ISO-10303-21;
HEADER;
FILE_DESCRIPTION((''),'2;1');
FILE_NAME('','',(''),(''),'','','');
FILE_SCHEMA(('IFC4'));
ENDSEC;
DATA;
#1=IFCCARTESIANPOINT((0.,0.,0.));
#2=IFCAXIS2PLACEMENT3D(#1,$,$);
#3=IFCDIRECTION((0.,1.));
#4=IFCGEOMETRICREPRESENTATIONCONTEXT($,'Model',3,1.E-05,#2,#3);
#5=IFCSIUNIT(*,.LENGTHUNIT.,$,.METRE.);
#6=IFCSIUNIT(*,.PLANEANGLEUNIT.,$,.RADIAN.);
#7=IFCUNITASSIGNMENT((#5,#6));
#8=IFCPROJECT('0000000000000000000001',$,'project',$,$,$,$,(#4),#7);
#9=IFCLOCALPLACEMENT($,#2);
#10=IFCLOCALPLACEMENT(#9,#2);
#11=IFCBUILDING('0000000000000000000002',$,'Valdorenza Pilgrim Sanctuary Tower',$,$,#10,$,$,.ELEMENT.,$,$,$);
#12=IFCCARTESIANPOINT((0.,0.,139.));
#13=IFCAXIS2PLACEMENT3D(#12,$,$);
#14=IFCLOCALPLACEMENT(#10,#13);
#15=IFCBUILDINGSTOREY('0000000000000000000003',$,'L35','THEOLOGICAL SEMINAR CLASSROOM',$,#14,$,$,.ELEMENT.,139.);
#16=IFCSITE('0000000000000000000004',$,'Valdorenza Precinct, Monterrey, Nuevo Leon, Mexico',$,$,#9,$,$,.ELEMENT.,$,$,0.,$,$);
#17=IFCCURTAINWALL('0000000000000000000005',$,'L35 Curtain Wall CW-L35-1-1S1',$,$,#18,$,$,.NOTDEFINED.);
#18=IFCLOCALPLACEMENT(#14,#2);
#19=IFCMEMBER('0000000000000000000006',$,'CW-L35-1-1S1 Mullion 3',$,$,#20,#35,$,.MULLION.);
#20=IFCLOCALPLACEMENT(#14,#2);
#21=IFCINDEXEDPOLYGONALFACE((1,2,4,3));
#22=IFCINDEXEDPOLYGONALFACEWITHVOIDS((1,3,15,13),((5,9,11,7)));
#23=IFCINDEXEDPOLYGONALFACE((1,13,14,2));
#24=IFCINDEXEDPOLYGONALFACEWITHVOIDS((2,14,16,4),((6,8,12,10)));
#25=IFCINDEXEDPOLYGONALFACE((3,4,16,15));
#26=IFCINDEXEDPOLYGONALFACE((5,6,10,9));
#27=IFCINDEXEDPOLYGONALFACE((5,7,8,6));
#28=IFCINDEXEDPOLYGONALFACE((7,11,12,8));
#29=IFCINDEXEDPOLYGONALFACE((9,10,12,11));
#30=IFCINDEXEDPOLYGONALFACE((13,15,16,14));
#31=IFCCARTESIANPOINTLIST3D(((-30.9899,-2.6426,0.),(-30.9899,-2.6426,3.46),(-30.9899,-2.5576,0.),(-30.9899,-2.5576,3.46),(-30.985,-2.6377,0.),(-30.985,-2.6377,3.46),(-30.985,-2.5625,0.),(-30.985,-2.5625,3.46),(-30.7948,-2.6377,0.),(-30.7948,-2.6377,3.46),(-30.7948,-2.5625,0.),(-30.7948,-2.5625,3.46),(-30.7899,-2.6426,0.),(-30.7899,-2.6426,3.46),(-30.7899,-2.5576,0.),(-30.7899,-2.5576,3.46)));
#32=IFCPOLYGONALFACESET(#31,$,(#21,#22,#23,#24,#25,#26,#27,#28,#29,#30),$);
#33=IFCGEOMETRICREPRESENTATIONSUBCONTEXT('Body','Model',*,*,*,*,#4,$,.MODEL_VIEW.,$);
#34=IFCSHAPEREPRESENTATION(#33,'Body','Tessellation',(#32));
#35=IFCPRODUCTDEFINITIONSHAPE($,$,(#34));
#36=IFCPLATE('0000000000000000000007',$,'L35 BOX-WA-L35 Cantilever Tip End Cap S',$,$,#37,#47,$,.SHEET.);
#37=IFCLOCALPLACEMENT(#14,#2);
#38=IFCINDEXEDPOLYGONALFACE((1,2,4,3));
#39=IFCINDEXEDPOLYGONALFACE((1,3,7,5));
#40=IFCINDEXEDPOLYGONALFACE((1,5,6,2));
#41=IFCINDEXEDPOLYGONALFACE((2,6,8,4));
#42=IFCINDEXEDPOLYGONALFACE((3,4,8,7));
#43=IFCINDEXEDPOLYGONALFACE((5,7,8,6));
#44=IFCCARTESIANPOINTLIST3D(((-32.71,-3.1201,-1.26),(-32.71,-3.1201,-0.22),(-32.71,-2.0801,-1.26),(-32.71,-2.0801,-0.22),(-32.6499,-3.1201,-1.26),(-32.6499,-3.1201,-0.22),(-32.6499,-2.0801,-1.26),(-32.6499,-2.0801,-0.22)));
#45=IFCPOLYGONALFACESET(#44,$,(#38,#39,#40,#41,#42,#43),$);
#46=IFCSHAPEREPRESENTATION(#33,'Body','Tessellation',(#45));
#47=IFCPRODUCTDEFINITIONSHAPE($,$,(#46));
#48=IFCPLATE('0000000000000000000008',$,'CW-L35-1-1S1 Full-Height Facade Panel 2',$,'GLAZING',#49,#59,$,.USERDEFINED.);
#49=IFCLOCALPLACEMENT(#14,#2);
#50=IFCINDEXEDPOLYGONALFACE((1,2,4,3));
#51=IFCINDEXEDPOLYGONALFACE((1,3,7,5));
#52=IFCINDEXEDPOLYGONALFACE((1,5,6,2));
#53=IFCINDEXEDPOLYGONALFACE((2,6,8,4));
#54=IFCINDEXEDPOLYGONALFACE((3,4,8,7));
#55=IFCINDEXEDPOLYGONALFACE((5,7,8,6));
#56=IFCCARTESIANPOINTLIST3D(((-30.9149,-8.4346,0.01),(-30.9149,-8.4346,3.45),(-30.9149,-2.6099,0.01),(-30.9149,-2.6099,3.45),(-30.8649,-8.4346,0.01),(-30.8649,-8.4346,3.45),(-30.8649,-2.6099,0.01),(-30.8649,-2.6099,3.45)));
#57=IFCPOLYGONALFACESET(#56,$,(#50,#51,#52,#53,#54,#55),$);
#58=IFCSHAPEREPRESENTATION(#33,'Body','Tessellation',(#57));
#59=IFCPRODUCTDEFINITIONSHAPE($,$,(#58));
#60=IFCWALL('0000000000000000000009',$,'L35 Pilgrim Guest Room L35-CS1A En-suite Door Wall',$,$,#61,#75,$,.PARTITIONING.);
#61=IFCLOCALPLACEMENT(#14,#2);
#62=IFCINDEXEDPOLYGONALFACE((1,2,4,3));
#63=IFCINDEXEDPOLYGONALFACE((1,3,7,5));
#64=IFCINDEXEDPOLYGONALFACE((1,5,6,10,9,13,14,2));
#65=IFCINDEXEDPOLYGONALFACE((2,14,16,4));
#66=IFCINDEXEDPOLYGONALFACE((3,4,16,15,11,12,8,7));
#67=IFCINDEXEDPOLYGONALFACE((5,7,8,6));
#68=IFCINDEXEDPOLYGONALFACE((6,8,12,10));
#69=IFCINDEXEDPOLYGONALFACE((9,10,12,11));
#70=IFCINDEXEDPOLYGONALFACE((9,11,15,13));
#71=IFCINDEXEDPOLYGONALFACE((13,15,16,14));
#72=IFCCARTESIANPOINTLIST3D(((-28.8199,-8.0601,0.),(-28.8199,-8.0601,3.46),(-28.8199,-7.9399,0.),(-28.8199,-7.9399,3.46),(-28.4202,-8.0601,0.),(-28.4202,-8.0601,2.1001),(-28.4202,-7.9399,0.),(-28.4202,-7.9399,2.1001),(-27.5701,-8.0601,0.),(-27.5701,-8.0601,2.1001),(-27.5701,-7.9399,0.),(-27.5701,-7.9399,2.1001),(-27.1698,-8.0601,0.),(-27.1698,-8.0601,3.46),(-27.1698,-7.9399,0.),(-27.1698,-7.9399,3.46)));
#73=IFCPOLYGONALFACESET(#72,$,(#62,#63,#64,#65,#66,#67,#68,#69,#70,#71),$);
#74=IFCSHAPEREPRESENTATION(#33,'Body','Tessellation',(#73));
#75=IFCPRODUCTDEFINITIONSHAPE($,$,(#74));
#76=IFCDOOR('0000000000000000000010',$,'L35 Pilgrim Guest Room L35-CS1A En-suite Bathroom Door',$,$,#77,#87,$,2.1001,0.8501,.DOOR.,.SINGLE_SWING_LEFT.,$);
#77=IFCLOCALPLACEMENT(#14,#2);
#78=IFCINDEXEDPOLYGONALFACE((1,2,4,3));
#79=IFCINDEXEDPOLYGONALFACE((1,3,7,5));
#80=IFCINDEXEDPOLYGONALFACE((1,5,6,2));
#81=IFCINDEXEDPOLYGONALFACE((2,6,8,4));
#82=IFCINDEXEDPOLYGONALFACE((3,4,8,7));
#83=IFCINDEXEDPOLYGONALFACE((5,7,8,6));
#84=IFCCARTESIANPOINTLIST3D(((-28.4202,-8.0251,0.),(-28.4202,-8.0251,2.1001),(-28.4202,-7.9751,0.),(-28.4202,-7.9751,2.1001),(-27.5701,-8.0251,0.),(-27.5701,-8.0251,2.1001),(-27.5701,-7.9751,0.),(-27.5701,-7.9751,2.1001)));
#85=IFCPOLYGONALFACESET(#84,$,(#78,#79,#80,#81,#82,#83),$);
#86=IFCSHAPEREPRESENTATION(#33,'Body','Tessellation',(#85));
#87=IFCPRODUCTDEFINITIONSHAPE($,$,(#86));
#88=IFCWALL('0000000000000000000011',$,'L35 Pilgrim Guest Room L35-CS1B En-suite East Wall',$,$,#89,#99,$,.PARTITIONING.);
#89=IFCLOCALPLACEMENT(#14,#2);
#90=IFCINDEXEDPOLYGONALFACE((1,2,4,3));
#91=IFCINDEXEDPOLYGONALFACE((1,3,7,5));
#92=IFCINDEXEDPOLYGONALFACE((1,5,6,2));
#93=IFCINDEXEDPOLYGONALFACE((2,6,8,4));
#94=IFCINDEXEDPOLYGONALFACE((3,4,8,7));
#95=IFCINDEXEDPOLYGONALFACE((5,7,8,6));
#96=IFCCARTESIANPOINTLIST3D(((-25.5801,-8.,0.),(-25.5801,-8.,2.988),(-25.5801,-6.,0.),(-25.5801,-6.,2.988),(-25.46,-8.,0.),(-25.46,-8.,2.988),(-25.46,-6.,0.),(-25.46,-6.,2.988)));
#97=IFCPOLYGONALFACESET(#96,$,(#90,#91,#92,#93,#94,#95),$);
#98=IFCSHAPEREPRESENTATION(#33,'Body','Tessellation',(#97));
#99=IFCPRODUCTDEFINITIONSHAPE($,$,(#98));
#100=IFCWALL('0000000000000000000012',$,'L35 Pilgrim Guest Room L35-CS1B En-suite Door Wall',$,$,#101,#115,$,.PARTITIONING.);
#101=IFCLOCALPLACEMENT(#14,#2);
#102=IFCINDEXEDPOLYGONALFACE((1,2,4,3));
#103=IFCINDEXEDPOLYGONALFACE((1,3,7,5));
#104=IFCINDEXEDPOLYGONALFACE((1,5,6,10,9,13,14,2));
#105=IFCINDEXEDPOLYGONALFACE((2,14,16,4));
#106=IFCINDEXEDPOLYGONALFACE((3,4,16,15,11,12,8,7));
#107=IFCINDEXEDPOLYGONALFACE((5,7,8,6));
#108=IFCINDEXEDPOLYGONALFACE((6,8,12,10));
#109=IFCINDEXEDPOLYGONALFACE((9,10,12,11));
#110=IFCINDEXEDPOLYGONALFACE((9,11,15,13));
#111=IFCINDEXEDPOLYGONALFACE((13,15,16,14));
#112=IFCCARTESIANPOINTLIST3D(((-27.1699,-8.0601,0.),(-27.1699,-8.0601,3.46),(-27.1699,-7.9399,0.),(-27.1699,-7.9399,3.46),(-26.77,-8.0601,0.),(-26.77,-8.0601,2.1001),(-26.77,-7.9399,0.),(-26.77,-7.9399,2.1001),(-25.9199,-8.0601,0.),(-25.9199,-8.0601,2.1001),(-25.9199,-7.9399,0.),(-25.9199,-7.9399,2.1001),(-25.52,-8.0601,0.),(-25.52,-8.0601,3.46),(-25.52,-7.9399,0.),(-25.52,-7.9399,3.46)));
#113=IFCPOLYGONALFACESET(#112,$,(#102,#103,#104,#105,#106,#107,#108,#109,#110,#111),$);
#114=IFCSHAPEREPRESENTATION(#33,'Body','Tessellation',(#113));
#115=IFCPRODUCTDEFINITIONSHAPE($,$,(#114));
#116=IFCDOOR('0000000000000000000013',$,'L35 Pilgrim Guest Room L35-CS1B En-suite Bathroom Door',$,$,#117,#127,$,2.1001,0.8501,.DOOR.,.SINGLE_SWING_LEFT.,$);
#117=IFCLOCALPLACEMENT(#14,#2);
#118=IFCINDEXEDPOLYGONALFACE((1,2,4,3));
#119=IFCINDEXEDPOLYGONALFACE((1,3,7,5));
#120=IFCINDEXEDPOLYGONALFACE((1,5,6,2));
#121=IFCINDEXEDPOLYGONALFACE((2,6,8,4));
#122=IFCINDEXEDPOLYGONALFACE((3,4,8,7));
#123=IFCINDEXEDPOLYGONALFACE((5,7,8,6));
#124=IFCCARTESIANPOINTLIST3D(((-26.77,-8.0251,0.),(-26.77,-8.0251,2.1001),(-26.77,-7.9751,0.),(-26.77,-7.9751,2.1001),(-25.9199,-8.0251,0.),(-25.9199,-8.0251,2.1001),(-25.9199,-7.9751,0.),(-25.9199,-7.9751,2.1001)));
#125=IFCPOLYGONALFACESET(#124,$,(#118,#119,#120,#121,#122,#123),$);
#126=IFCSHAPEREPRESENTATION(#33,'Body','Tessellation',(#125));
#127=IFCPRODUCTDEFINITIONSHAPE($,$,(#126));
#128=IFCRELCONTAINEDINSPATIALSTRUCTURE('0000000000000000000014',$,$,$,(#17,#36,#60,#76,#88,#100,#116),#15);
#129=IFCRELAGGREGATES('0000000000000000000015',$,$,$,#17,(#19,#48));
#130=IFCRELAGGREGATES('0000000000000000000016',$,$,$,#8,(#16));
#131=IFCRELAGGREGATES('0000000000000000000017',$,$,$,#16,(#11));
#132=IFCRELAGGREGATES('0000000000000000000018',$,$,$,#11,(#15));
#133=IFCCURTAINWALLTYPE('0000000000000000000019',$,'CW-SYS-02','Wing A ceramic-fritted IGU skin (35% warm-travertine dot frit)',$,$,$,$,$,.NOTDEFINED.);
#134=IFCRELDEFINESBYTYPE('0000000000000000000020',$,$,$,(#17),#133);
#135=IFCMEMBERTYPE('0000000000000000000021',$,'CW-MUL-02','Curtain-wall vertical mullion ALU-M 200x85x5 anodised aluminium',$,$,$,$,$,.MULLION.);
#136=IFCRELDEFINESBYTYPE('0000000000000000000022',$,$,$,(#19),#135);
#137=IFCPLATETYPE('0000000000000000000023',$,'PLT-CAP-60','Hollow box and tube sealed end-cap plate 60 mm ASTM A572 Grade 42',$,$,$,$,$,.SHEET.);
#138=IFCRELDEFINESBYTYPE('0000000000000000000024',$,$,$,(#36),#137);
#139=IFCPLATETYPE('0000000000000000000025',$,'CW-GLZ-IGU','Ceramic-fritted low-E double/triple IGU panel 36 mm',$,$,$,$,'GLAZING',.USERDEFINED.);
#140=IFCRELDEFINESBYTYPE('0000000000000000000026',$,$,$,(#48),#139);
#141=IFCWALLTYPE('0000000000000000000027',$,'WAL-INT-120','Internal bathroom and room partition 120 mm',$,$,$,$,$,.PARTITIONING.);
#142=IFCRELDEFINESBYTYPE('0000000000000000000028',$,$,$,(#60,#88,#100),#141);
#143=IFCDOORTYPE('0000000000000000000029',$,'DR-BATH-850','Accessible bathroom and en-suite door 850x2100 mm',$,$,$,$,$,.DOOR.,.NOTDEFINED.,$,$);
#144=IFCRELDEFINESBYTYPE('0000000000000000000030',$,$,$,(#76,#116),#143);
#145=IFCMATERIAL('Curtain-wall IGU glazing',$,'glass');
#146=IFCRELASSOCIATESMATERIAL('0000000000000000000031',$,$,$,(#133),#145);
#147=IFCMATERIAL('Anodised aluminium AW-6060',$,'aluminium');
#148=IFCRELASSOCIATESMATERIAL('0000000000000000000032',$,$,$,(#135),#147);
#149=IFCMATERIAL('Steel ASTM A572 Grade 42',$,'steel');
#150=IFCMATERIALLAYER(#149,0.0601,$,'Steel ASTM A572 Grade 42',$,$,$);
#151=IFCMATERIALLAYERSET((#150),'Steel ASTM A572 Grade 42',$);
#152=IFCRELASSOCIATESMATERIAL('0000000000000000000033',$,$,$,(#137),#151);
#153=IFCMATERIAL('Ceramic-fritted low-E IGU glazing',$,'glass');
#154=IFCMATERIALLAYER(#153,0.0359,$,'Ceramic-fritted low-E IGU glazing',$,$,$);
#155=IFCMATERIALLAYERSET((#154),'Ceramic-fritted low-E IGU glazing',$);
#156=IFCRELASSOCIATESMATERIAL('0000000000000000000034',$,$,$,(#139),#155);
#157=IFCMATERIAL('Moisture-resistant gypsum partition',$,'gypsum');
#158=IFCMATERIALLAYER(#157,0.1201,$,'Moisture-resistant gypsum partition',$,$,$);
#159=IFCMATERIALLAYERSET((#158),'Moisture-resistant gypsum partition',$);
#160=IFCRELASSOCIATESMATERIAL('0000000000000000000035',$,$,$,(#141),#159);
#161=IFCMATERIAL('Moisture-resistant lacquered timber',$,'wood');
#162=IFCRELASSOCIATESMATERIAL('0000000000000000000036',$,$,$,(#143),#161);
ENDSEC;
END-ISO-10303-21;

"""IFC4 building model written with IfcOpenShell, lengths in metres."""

from ifc_helpers import new_model, si_unit, direction, frame, frame_2d, origin, origin_2d, place, context, subcontext, project, spatial, rectangle, hollow_rectangle, extrude, source, transform, mapped, material, layer, layer_set, material_profile, profile_set, type_object, element, fill, aggregate, save


model = new_model("IFC4")

# Units and contexts
model_context = context("Model", 3, precision=1e-05, world=origin(), true_north=direction((0.0, 1.0)))
body_context = subcontext(model_context, "Body", "Model", "MODEL_VIEW")
ifc_project = project(units=[si_unit("LENGTHUNIT", "METRE"), si_unit("PLANEANGLEUNIT", "RADIAN")], contexts=[model_context])

# Site, building, storey
site_placement = place(None, origin())
site = spatial("IfcSite", under=ifc_project, at=site_placement, Name="Valdorenza Precinct, Monterrey, Nuevo Leon, Mexico", CompositionType="ELEMENT", RefElevation=0.0)
building_placement = place(site_placement, origin())
building = spatial("IfcBuilding", under=site, at=building_placement, Name="Valdorenza Pilgrim Sanctuary Tower", CompositionType="ELEMENT")
storey_placement = place(building_placement, frame((0.0, 0.0, 139.0)))
storey = spatial("IfcBuildingStorey", under=building, at=storey_placement, Name="L35", Description="THEOLOGICAL SEMINAR CLASSROOM", CompositionType="ELEMENT", Elevation=139.0)

# Curtain wall, member
ifc_material_1 = material(Name="Curtain-wall IGU glazing", Category="glass")
curtain_wall_type = type_object("IfcCurtainWallType", Name="CW-SYS-02", Description="Wing A ceramic-fritted IGU skin (35% warm-travertine dot frit)", PredefinedType="NOTDEFINED", material=ifc_material_1)
curtain_wall_placement = place(storey_placement, origin())
curtain_wall = element("IfcCurtainWall", 1, at=curtain_wall_placement, inside=storey, type_object=curtain_wall_type, Name="L35 Curtain Wall CW-L35-1-1S1", PredefinedType="NOTDEFINED")
ifc_material_2 = material(Name="Anodised aluminium AW-6060", Category="aluminium")
ifc_material_profile_1 = material_profile(ifc_material_2, hollow_rectangle(XDim=0.085, YDim=0.2, WallThickness=0.0049, at=origin_2d()), Name="ALU-M 200x85x5")
ifc_profile_set_1 = profile_set([ifc_material_profile_1], Name="Anodised aluminium AW-6060")
member_type = type_object("IfcMemberType", Name="CW-MUL-02", Description="Curtain-wall vertical mullion ALU-M 200x85x5 anodised aluminium", PredefinedType="MULLION", material=ifc_profile_set_1)
shared_shape_1 = source(origin(), body_context, "Body", "SweptSolid", [
    extrude(hollow_rectangle(XDim=0.085, YDim=0.2, WallThickness=0.0049, at=origin_2d()), origin(), (0.0, 0.0, 1.0), 3.46),
])
member_placement = place(storey_placement, frame((-30.8899, -2.6001, 0.0), z_axis=(0.0, 0.0, 1.0), x_axis=(0.0, 1.0, 0.0)))
member = element("IfcMember", 2, at=member_placement, type_object=member_type, Name="CW-L35-1-1S1 Mullion 3", PredefinedType="MULLION", context=body_context, shape_type="MappedRepresentation", body=[
    mapped(shared_shape_1, transform((0.0, 0.0, 0.0), x_axis=(1.0, 0.0, 0.0), y_axis=(0.0, 1.0, 0.0), z_axis=(0.0, 0.0, 1.0), scale=1.0)),
])

# Plates
ifc_material_3 = material(Name="Steel ASTM A572 Grade 42", Category="steel")
ifc_layer_1 = layer(ifc_material_3, 0.0601, Name="Steel ASTM A572 Grade 42")
ifc_layer_set_1 = layer_set([ifc_layer_1], Name="Steel ASTM A572 Grade 42")
plate_type_1 = type_object("IfcPlateType", Name="PLT-CAP-60", Description="Hollow box and tube sealed end-cap plate 60 mm ASTM A572 Grade 42", PredefinedType="SHEET", material=ifc_layer_set_1)
shared_shape_2 = source(origin(), body_context, "Body", "SweptSolid", [
    extrude(rectangle(XDim=0.0601, YDim=1.04, at=origin_2d()), origin(), (0.0, 0.0, 1.0), 1.04),
])
plate_1_placement = place(storey_placement, frame((-32.6799, -2.6001, -1.26), z_axis=(0.0, 0.0, 1.0), x_axis=(1.0, 0.0, 0.0)))
element("IfcPlate", 3, at=plate_1_placement, inside=storey, type_object=plate_type_1, Name="L35 BOX-WA-L35 Cantilever Tip End Cap S", PredefinedType="SHEET", context=body_context, shape_type="MappedRepresentation", body=[
    mapped(shared_shape_2, transform((0.0, 0.0, 0.0), x_axis=(1.0, 0.0, 0.0), y_axis=(0.0, 1.0, 0.0), z_axis=(0.0, 0.0, 1.0), scale=1.0)),
])
ifc_material_4 = material(Name="Ceramic-fritted low-E IGU glazing", Category="glass")
ifc_layer_2 = layer(ifc_material_4, 0.0359, Name="Ceramic-fritted low-E IGU glazing")
ifc_layer_set_2 = layer_set([ifc_layer_2], Name="Ceramic-fritted low-E IGU glazing")
plate_type_2 = type_object("IfcPlateType", Name="CW-GLZ-IGU", Description="Ceramic-fritted low-E double/triple IGU panel 36 mm", ElementType="GLAZING", PredefinedType="USERDEFINED", material=ifc_layer_set_2)
shared_shape_3 = source(origin(), body_context, "Body", "SweptSolid", [
    extrude(rectangle(XDim=5.8247, YDim=0.05, at=origin_2d()), origin(), (0.0, 0.0, 1.0), 3.4399),
])
plate_2_placement = place(storey_placement, frame((-30.8899, -5.5222, 0.01), z_axis=(0.0, 0.0, 1.0), x_axis=(0.0, 1.0, 0.0)))
plate_2 = element("IfcPlate", 4, at=plate_2_placement, type_object=plate_type_2, Name="CW-L35-1-1S1 Full-Height Facade Panel 2", ObjectType="GLAZING", PredefinedType="USERDEFINED", context=body_context, shape_type="MappedRepresentation", body=[
    mapped(shared_shape_3, transform((0.0, 0.0, 0.0), x_axis=(1.0, 0.0, 0.0), y_axis=(0.0, 1.0, 0.0), z_axis=(0.0, 0.0, 1.0), scale=1.0)),
])
aggregate(curtain_wall, [member, plate_2])

# Wall, opening, door
ifc_material_5 = material(Name="Moisture-resistant gypsum partition", Category="gypsum")
ifc_layer_3 = layer(ifc_material_5, 0.1201, Name="Moisture-resistant gypsum partition")
ifc_layer_set_3 = layer_set([ifc_layer_3], Name="Moisture-resistant gypsum partition")
wall_type_1 = type_object("IfcWallType", Name="WAL-INT-120", Description="Internal bathroom and room partition 120 mm", PredefinedType="PARTITIONING", material=ifc_layer_set_3)
wall_1_placement = place(storey_placement, frame((-28.8201, -8.0, 0.0), z_axis=(0.0, 0.0, 1.0), x_axis=(1.0, 0.0, 0.0)))
wall_1 = element("IfcWall", 5, at=wall_1_placement, inside=storey, type_object=wall_type_1, Name="L35 Pilgrim Guest Room L35-CS1A En-suite Door Wall", PredefinedType="PARTITIONING", context=body_context, shape_type="SweptSolid", body=[
    extrude(rectangle(XDim=1.6501, YDim=0.1201, at=frame_2d((0.8252, 0.0))), origin(), (0.0, 0.0, 1.0), 3.46),
])
opening_1_placement = place(wall_1_placement, frame((0.3999, 0.0, 0.0)))
opening_1 = element("IfcOpeningElement", 6, at=opening_1_placement, cuts=wall_1, PredefinedType="OPENING", context=body_context, shape_type="SweptSolid", body=[
    extrude(rectangle(XDim=0.8501, YDim=2.1001, at=frame_2d((0.425, 1.05))), frame((0.0, 0.075, 0.0), z_axis=(0.0, -1.0, 0.0), x_axis=(1.0, 0.0, 0.0)), (0.0, 0.0, 1.0), 0.1499),
])
ifc_material_6 = material(Name="Moisture-resistant lacquered timber", Category="wood")
door_type_1 = type_object("IfcDoorType", Name="DR-BATH-850", Description="Accessible bathroom and en-suite door 850x2100 mm", OperationType="NOTDEFINED", PredefinedType="DOOR", material=ifc_material_6)
door_1_placement = place(opening_1_placement, origin())
door_1 = element("IfcDoor", 7, at=door_1_placement, inside=storey, type_object=door_type_1, Name="L35 Pilgrim Guest Room L35-CS1A En-suite Bathroom Door", OperationType="SINGLE_SWING_LEFT", OverallHeight=2.1001, OverallWidth=0.8501, PredefinedType="DOOR", context=body_context, shape_type="SweptSolid", body=[
    extrude(rectangle(XDim=0.8501, YDim=2.1001, at=frame_2d((0.425, 1.05))), frame((0.0, 0.0249, 0.0), z_axis=(0.0, -1.0, 0.0), x_axis=(1.0, 0.0, 0.0)), (0.0, 0.0, 1.0), 0.05),
])
fill(opening_1, door_1)

# Wall
wall_2_placement = place(storey_placement, frame((-25.52, -8.0, 0.0), z_axis=(0.0, 0.0, 1.0), x_axis=(0.0, 1.0, 0.0)))
element("IfcWall", 8, at=wall_2_placement, inside=storey, type_object=wall_type_1, Name="L35 Pilgrim Guest Room L35-CS1B En-suite East Wall", PredefinedType="PARTITIONING", context=body_context, shape_type="SweptSolid", body=[
    extrude(rectangle(XDim=2.0, YDim=0.1201, at=frame_2d((1.0, 0.0))), origin(), (0.0, 0.0, 1.0), 2.988),
])

# Wall, opening, door
wall_3_placement = place(storey_placement, frame((-27.1699, -8.0, 0.0), z_axis=(0.0, 0.0, 1.0), x_axis=(1.0, 0.0, 0.0)))
wall_3 = element("IfcWall", 9, at=wall_3_placement, inside=storey, type_object=wall_type_1, Name="L35 Pilgrim Guest Room L35-CS1B En-suite Door Wall", PredefinedType="PARTITIONING", context=body_context, shape_type="SweptSolid", body=[
    extrude(rectangle(XDim=1.6499, YDim=0.1201, at=frame_2d((0.825, 0.0))), origin(), (0.0, 0.0, 1.0), 3.46),
])
opening_2_placement = place(wall_3_placement, frame((0.3999, 0.0, 0.0)))
opening_2 = element("IfcOpeningElement", 10, at=opening_2_placement, cuts=wall_3, PredefinedType="OPENING", context=body_context, shape_type="SweptSolid", body=[
    extrude(rectangle(XDim=0.8501, YDim=2.1001, at=frame_2d((0.425, 1.05))), frame((0.0, 0.075, 0.0), z_axis=(0.0, -1.0, 0.0), x_axis=(1.0, 0.0, 0.0)), (0.0, 0.0, 1.0), 0.1499),
])
door_2_placement = place(opening_2_placement, origin())
door_2 = element("IfcDoor", 11, at=door_2_placement, inside=storey, type_object=door_type_1, Name="L35 Pilgrim Guest Room L35-CS1B En-suite Bathroom Door", OperationType="SINGLE_SWING_LEFT", OverallHeight=2.1001, OverallWidth=0.8501, PredefinedType="DOOR", context=body_context, shape_type="SweptSolid", body=[
    extrude(rectangle(XDim=0.8501, YDim=2.1001, at=frame_2d((0.425, 1.05))), frame((0.0, 0.0249, 0.0), z_axis=(0.0, -1.0, 0.0), x_axis=(1.0, 0.0, 0.0)), (0.0, 0.0, 1.0), 0.05),
])
fill(opening_2, door_2)

save(model, "model.ifc")
